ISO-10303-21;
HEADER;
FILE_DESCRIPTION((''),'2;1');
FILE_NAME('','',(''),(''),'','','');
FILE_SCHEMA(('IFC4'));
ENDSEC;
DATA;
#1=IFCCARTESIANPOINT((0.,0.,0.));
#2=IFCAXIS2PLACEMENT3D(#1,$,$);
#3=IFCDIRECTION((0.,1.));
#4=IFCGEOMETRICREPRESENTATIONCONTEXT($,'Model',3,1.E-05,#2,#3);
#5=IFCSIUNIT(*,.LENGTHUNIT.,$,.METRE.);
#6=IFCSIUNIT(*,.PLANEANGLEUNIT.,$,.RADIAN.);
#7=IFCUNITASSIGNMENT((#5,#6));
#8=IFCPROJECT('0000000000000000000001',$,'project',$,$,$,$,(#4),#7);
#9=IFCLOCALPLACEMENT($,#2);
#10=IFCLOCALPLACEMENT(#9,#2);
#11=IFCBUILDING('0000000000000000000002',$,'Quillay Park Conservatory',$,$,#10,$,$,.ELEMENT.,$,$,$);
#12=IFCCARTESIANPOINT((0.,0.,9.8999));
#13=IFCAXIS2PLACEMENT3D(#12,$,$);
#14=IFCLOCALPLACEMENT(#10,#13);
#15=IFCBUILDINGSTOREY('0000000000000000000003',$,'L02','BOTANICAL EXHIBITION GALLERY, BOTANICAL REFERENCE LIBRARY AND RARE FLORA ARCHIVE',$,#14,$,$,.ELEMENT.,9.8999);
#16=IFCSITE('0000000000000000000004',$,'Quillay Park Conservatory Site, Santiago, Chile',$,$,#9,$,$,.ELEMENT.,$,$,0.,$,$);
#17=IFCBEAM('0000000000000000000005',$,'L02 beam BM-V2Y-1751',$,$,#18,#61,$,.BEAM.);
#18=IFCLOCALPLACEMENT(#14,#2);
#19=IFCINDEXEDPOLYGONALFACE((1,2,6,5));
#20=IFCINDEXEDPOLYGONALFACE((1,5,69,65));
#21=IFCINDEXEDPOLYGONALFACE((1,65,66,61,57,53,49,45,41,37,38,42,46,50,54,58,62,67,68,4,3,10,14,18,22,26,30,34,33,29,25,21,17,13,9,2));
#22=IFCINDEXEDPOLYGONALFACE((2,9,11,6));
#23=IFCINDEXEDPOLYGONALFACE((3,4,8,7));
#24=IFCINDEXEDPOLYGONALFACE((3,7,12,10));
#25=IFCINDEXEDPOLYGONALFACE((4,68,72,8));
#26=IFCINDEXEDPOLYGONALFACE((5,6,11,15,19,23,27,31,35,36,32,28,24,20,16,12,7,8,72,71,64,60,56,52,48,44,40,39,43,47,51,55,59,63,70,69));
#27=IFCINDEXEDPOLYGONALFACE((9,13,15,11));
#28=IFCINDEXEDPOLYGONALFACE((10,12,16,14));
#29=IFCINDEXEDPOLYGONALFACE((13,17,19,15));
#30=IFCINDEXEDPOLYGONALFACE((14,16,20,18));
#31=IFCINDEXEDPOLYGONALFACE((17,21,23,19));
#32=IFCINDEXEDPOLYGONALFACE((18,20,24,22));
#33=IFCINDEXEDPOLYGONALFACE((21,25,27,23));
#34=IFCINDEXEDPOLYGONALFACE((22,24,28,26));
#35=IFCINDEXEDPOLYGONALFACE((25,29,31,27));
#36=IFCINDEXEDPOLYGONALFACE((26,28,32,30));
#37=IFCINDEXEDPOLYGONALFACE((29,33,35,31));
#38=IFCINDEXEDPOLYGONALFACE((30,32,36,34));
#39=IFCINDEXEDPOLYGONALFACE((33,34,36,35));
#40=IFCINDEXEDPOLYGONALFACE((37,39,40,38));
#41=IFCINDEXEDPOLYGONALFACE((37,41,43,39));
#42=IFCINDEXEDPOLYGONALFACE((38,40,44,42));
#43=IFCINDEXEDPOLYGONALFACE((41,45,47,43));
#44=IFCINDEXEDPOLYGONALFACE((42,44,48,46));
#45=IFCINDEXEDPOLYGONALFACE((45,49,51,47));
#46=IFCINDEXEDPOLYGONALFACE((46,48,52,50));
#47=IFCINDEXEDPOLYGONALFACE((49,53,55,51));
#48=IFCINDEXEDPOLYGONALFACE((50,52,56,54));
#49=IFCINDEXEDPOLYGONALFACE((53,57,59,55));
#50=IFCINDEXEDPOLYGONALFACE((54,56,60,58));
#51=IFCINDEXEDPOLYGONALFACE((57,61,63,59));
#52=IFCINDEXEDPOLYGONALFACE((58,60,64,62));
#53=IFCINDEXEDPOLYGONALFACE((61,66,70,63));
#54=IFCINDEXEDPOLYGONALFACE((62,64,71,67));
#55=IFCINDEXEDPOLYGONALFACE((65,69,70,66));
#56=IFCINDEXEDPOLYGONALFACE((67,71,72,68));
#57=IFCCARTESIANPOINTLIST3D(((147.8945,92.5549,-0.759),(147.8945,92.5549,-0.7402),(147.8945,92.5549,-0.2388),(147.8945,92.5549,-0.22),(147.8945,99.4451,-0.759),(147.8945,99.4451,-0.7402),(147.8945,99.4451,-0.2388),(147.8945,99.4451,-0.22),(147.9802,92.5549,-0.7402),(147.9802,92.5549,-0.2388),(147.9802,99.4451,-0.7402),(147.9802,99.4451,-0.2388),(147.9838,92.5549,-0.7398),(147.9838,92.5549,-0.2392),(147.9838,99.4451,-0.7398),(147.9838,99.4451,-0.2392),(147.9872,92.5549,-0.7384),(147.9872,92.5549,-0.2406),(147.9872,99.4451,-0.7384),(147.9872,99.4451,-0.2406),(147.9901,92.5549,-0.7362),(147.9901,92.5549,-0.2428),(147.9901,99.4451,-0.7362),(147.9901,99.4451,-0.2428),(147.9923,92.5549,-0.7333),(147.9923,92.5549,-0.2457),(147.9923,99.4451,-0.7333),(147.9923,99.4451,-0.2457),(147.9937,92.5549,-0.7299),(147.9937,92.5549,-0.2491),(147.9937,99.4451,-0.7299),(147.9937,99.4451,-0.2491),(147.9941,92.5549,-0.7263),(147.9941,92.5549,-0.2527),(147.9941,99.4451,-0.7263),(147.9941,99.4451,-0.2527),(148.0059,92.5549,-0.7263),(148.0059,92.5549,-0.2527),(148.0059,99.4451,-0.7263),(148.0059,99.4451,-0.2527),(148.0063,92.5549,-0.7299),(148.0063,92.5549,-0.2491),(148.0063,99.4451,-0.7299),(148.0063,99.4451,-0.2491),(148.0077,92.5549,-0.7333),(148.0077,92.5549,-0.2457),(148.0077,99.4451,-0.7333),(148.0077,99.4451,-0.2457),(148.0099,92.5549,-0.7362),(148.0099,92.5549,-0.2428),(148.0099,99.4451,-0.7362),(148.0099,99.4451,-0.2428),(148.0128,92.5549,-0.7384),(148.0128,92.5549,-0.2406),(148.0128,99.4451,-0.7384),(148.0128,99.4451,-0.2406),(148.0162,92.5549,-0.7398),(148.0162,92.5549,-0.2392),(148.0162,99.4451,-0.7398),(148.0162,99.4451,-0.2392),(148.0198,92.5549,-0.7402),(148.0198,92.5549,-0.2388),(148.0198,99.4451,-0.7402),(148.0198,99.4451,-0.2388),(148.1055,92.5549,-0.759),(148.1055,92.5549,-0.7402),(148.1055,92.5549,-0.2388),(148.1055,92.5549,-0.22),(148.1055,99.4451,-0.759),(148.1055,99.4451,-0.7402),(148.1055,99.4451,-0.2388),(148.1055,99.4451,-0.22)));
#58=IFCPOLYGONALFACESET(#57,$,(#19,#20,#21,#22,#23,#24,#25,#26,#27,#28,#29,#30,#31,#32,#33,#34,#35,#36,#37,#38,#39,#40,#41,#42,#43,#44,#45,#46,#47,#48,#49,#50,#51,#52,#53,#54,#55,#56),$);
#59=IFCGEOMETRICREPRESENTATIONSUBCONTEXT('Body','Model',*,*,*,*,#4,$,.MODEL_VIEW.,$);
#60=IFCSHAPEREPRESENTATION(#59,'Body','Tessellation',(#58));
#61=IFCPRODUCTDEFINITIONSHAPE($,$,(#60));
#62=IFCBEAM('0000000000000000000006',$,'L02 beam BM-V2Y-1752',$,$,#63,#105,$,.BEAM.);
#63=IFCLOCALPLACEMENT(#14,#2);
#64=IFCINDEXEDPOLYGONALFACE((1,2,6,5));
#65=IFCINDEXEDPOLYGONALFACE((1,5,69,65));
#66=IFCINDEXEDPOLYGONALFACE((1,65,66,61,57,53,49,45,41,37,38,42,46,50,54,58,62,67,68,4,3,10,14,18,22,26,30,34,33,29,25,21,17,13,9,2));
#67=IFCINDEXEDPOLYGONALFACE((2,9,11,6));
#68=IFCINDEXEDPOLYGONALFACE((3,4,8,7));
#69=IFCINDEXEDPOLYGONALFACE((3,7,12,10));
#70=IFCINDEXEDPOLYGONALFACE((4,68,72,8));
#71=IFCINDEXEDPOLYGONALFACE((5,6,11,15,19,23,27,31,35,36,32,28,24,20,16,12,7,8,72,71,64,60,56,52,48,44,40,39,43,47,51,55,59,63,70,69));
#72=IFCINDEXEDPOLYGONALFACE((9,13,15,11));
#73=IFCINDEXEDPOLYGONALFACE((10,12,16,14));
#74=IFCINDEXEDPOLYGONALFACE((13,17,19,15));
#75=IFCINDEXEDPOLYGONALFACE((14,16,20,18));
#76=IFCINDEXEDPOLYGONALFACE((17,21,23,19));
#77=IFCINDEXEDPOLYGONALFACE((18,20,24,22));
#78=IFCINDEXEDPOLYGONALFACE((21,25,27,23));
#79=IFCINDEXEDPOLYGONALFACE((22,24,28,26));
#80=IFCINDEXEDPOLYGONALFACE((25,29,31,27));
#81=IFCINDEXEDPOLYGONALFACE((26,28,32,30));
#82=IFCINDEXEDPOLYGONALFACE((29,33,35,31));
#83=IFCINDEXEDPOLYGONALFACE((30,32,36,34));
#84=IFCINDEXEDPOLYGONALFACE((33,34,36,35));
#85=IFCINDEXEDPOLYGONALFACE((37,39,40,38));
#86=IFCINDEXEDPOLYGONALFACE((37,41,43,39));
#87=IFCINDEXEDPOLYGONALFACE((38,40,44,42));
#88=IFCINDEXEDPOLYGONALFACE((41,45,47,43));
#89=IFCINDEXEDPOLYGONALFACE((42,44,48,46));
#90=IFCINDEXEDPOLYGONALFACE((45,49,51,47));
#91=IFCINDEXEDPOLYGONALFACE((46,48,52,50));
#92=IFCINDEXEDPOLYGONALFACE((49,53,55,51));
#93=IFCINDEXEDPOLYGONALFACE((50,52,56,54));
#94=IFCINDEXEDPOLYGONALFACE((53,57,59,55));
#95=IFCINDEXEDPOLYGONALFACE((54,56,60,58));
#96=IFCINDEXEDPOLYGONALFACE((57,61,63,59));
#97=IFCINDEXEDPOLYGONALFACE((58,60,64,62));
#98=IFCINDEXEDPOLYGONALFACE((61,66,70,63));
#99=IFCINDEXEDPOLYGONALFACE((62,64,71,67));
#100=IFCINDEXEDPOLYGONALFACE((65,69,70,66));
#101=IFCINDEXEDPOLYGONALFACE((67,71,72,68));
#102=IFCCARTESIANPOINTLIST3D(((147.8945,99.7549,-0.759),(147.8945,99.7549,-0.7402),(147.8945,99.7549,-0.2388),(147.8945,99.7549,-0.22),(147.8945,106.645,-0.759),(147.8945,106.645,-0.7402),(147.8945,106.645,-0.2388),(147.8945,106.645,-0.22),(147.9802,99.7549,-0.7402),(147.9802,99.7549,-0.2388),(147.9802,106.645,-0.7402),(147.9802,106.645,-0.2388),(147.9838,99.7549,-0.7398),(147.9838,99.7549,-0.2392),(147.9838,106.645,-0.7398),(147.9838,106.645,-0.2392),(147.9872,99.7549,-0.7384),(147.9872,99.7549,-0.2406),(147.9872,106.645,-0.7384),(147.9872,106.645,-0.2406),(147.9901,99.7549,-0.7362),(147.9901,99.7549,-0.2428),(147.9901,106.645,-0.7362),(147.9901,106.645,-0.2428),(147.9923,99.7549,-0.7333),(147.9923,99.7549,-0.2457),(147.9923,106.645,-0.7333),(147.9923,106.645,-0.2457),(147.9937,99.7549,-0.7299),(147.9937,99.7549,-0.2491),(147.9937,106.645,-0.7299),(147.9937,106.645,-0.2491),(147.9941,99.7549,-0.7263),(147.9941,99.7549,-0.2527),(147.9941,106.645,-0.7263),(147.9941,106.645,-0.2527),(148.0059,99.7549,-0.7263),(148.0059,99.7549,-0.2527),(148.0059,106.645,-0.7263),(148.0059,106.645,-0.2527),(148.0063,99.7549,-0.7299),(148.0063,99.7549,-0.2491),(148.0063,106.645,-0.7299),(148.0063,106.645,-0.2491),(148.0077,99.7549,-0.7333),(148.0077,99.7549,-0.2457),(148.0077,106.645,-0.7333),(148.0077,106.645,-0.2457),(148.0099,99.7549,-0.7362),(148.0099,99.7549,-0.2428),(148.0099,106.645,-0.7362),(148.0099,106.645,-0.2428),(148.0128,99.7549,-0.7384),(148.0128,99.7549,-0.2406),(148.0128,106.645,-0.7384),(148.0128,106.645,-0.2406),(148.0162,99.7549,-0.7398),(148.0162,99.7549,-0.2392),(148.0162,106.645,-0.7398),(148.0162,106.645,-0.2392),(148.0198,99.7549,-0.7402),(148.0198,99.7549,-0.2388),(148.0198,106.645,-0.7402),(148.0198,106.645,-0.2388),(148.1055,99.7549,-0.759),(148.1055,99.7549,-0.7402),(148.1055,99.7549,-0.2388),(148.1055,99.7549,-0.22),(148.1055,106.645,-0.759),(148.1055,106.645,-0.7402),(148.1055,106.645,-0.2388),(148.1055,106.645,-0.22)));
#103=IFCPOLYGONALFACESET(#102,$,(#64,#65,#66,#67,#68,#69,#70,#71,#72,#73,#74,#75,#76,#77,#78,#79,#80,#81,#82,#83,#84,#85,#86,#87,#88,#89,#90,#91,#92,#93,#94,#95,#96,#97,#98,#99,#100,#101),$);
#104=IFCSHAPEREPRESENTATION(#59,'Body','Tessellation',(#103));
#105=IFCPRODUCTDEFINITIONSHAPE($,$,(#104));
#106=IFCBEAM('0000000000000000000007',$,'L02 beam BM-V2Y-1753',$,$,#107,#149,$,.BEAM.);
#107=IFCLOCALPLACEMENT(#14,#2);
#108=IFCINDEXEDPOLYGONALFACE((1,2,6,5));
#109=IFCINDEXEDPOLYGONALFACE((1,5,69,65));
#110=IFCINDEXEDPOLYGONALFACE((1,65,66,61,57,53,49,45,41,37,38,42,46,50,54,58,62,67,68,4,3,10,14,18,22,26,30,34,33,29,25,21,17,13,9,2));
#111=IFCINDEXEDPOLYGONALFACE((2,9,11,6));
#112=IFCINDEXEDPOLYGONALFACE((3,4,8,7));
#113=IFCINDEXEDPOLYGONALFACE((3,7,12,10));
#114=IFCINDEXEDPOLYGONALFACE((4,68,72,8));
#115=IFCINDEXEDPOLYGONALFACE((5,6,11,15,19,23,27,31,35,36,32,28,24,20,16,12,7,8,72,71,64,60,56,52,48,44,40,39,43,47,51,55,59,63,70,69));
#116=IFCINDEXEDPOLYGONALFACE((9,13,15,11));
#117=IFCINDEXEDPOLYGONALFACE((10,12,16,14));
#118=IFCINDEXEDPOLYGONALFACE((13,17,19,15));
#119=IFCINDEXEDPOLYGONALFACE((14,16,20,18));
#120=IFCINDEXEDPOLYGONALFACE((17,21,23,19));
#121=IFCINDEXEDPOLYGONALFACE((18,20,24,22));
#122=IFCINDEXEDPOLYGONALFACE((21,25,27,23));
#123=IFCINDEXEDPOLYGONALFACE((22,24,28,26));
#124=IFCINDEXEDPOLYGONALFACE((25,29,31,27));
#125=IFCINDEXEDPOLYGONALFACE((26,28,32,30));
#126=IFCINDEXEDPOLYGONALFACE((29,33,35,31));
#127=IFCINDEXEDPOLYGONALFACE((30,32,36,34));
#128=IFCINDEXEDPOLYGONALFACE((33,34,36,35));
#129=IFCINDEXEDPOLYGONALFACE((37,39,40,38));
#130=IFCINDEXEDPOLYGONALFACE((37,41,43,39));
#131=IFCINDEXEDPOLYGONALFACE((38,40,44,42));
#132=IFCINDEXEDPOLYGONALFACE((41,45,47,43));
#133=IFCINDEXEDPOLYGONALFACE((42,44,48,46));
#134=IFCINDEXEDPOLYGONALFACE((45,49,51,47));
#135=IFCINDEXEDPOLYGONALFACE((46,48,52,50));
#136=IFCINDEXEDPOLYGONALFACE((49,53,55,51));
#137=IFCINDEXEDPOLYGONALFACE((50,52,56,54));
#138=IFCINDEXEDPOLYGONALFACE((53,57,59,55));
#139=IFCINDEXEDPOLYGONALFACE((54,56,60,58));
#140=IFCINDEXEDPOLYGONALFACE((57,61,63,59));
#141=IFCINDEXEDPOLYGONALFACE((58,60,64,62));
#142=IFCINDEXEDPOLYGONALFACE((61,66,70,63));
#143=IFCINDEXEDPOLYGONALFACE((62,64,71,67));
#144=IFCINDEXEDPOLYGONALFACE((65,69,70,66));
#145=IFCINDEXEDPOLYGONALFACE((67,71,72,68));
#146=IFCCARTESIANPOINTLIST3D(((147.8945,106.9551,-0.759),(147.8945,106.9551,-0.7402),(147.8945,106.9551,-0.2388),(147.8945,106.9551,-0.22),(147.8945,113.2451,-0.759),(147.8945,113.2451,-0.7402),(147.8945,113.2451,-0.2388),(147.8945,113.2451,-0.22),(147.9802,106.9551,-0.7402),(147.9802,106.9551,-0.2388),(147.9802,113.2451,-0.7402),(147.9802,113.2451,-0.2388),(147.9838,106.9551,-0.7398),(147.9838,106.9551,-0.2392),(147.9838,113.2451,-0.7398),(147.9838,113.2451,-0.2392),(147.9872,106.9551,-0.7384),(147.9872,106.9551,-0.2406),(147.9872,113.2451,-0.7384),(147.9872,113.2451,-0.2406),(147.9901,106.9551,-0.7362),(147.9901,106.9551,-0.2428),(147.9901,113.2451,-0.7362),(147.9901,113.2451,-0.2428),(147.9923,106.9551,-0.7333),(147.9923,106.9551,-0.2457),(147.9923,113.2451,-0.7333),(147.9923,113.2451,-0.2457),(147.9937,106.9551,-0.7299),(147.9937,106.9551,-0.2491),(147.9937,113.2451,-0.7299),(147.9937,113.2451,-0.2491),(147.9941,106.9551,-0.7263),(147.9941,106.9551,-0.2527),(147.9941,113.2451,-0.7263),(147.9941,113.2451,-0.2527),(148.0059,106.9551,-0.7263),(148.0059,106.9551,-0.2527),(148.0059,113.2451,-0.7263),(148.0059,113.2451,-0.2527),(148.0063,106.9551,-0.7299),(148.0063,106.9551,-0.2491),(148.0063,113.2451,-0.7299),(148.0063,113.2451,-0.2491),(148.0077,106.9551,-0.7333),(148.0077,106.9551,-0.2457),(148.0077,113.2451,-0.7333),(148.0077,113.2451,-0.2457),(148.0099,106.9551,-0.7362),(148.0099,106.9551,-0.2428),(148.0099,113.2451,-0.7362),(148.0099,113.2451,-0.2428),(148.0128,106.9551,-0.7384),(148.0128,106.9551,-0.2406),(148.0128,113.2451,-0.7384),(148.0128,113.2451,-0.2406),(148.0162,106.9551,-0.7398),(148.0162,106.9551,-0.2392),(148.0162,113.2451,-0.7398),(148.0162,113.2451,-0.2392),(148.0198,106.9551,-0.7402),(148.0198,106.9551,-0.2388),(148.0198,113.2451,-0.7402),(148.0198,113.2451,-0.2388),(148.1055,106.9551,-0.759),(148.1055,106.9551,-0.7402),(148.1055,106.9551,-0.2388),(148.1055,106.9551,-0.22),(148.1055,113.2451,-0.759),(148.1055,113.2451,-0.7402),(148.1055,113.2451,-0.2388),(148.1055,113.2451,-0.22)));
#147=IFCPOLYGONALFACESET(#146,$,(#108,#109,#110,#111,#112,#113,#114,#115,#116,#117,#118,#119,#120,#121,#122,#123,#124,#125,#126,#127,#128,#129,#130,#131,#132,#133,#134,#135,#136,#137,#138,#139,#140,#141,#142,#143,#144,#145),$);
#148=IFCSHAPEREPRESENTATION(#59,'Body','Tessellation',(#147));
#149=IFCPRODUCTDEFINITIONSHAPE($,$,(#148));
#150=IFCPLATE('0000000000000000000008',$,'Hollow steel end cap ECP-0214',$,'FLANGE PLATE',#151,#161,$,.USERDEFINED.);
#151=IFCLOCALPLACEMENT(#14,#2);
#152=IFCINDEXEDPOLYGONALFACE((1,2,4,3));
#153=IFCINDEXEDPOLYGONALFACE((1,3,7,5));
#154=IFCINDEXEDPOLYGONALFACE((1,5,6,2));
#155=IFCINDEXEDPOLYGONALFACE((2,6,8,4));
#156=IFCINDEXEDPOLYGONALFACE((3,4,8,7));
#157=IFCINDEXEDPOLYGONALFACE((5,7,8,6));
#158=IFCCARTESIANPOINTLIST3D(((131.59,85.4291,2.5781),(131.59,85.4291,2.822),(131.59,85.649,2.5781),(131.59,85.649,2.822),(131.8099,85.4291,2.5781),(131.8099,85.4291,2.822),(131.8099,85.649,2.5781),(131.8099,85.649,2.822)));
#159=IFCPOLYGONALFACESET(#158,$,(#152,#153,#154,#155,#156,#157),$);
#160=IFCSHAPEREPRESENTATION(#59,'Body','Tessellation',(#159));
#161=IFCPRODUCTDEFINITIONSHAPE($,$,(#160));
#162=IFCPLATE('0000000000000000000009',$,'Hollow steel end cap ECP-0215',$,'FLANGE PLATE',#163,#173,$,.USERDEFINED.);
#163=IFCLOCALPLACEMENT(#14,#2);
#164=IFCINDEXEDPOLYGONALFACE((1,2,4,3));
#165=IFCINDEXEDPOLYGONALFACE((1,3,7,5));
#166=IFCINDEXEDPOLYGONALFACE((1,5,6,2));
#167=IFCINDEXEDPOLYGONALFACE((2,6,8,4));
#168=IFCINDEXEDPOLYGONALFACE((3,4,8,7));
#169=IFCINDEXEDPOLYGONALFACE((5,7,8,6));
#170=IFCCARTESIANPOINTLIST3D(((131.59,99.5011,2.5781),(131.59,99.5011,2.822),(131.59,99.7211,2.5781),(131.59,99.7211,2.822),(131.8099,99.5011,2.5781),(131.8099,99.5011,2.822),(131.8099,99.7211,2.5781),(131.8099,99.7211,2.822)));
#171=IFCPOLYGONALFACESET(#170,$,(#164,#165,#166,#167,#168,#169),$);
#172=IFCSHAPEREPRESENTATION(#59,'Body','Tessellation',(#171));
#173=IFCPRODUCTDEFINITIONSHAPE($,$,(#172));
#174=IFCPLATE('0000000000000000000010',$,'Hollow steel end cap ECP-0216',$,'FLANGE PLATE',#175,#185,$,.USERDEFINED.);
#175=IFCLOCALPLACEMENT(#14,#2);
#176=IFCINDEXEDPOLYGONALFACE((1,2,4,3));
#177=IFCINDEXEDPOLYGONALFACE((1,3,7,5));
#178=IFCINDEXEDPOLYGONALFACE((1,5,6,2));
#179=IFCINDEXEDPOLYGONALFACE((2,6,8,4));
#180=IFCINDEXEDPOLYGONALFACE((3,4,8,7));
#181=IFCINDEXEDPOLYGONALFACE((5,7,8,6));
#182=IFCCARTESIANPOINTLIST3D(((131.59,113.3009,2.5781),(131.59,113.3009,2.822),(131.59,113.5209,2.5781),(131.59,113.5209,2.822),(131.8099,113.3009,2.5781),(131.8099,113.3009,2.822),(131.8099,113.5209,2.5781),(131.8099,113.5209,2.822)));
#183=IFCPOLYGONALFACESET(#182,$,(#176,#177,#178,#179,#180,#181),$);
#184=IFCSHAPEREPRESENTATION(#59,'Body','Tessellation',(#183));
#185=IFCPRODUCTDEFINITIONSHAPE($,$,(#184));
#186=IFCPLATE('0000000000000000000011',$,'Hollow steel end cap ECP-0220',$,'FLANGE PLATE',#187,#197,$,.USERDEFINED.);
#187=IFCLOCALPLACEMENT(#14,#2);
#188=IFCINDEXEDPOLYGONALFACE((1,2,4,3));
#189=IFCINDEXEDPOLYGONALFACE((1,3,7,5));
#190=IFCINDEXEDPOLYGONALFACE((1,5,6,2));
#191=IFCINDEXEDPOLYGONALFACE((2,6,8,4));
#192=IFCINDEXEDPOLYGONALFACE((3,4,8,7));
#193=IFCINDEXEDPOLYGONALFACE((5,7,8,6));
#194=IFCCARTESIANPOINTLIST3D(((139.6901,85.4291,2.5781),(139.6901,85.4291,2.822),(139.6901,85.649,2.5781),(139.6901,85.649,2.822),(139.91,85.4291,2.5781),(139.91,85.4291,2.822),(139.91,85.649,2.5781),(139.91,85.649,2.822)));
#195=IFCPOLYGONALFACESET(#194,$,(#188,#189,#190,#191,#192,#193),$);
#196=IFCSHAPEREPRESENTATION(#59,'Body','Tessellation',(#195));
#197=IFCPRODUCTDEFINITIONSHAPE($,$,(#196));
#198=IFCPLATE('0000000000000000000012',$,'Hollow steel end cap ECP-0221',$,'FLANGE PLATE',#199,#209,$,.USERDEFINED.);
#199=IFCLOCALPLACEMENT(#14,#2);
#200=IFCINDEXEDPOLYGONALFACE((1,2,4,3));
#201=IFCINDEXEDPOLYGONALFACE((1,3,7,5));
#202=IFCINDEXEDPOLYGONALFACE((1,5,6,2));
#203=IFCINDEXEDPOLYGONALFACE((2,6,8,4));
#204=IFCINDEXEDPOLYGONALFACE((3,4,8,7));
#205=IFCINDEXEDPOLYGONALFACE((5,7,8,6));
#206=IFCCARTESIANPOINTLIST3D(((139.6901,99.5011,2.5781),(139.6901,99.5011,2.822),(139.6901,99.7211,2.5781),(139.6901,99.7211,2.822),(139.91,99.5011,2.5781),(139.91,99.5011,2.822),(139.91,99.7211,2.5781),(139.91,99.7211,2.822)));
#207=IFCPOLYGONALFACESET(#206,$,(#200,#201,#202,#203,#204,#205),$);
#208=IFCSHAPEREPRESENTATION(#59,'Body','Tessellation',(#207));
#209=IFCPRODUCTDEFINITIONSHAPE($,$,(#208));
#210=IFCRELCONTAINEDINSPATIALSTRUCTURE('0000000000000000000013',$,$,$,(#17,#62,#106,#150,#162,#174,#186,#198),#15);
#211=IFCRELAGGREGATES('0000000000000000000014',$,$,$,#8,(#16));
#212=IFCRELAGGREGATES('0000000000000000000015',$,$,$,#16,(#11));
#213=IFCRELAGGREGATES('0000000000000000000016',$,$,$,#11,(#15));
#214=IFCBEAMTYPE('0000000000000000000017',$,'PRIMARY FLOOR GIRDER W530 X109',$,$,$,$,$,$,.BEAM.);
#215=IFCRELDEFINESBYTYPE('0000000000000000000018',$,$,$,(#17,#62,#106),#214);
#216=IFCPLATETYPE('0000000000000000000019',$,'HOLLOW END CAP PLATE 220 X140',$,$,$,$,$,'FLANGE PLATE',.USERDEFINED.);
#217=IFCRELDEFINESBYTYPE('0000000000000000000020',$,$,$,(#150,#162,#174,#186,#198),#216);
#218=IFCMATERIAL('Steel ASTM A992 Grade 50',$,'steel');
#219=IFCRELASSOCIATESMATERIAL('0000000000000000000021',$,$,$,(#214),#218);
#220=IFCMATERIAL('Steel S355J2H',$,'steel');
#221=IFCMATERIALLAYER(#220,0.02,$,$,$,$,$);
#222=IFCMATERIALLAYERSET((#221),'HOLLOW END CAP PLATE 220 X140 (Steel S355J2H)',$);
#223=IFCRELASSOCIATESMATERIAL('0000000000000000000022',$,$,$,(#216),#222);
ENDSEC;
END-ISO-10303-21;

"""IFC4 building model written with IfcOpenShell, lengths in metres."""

from ifc_helpers import new_model, si_unit, direction, frame, origin, origin_2d, place, context, subcontext, project, spatial, rectangle, i_section, extrude, material, layer, layer_set, material_profile, profile_set, type_object, element, save


model = new_model("IFC4")

# Units and contexts
model_context = context("Model", 3, precision=1e-05, world=origin(), true_north=direction((0.0, 1.0)))
body_context = subcontext(model_context, "Body", "Model", "MODEL_VIEW")
ifc_project = project(units=[si_unit("LENGTHUNIT", "METRE"), si_unit("PLANEANGLEUNIT", "RADIAN")], contexts=[model_context])

# Site, building, storey
site_placement = place(None, origin())
site = spatial("IfcSite", under=ifc_project, at=site_placement, Name="Quillay Park Conservatory Site, Santiago, Chile", CompositionType="ELEMENT", RefElevation=0.0)
building_placement = place(site_placement, origin())
building = spatial("IfcBuilding", under=site, at=building_placement, Name="Quillay Park Conservatory", CompositionType="ELEMENT")
storey_placement = place(building_placement, frame((0.0, 0.0, 9.8999)))
storey = spatial("IfcBuildingStorey", under=building, at=storey_placement, Name="L02", Description="BOTANICAL EXHIBITION GALLERY, BOTANICAL REFERENCE LIBRARY AND RARE FLORA ARCHIVE", CompositionType="ELEMENT", Elevation=9.8999)

# Beams
ifc_material_1 = material(Name="Steel ASTM A992 Grade 50", Category="steel")
ifc_material_profile_1 = material_profile(ifc_material_1, i_section(OverallWidth=0.2109, OverallDepth=0.5391, WebThickness=0.0117, FlangeThickness=0.0188, FilletRadius=0.0139, at=origin_2d()), Name="W530x109")
ifc_profile_set_1 = profile_set([ifc_material_profile_1], Name="Steel ASTM A992 Grade 50")
beam_type_1 = type_object("IfcBeamType", Name="PRIMARY FLOOR GIRDER W530 X109", PredefinedType="BEAM", material=ifc_profile_set_1)
for number, where, z_axis, x_axis, name in (
    (1, (148.0, 92.5549, -0.4895), (0.0, 1.0, 0.0), (-1.0, 0.0, 0.0), "L02 beam BM-V2Y-1751"),
    (2, (148.0, 99.7549, -0.4895), (0.0, 1.0, 0.0), (-1.0, 0.0, 0.0), "L02 beam BM-V2Y-1752"),
):
    element("IfcBeam", number, at=place(storey_placement, frame(where, z_axis=z_axis, x_axis=x_axis)), inside=storey, type_object=beam_type_1, Name=name, PredefinedType="BEAM", context=body_context, shape_type="SweptSolid", body=[
        extrude(i_section(OverallWidth=0.2109, OverallDepth=0.5391, WebThickness=0.0117, FlangeThickness=0.0188, FilletRadius=0.0139, at=origin_2d()), origin(), (0.0, 0.0, 1.0), 6.8901),
    ])
beam_1_placement = place(storey_placement, frame((148.0, 106.9551, -0.4895), z_axis=(0.0, 1.0, 0.0), x_axis=(-1.0, 0.0, 0.0)))
element("IfcBeam", 3, at=beam_1_placement, inside=storey, type_object=beam_type_1, Name="L02 beam BM-V2Y-1753", PredefinedType="BEAM", context=body_context, shape_type="SweptSolid", body=[
    extrude(i_section(OverallWidth=0.2109, OverallDepth=0.5391, WebThickness=0.0117, FlangeThickness=0.0188, FilletRadius=0.0139, at=origin_2d()), origin(), (0.0, 0.0, 1.0), 6.29),
])

# Plates
ifc_material_2 = material(Name="Steel S355J2H", Category="steel")
ifc_layer_1 = layer(ifc_material_2, 0.02)
ifc_layer_set_1 = layer_set([ifc_layer_1], Name="HOLLOW END CAP PLATE 220 X140 (Steel S355J2H)")
plate_type = type_object("IfcPlateType", Name="HOLLOW END CAP PLATE 220 X140", ElementType="FLANGE PLATE", PredefinedType="USERDEFINED", material=ifc_layer_set_1)
for number, where, z_axis, x_axis, name in (
    (4, (131.7, 85.5391, 2.5781), (0.0, 0.0, 1.0), (1.0, 0.0, 0.0), "Hollow steel end cap ECP-0214"),
    (5, (131.7, 99.6111, 2.5781), (0.0, 0.0, 1.0), (1.0, 0.0, 0.0), "Hollow steel end cap ECP-0215"),
    (6, (131.7, 113.4109, 2.5781), (0.0, 0.0, 1.0), (1.0, 0.0, 0.0), "Hollow steel end cap ECP-0216"),
    (7, (139.8, 85.5391, 2.5781), (0.0, 0.0, 1.0), (1.0, 0.0, 0.0), "Hollow steel end cap ECP-0220"),
    (8, (139.8, 99.6111, 2.5781), (0.0, 0.0, 1.0), (1.0, 0.0, 0.0), "Hollow steel end cap ECP-0221"),
):
    element("IfcPlate", number, at=place(storey_placement, frame(where, z_axis=z_axis, x_axis=x_axis)), inside=storey, type_object=plate_type, Name=name, ObjectType="FLANGE PLATE", PredefinedType="USERDEFINED", context=body_context, shape_type="SweptSolid", body=[
        extrude(rectangle(XDim=0.22, YDim=0.22, at=origin_2d()), origin(), (0.0, 0.0, 1.0), 0.2439),
    ])

save(model, "model.ifc")
